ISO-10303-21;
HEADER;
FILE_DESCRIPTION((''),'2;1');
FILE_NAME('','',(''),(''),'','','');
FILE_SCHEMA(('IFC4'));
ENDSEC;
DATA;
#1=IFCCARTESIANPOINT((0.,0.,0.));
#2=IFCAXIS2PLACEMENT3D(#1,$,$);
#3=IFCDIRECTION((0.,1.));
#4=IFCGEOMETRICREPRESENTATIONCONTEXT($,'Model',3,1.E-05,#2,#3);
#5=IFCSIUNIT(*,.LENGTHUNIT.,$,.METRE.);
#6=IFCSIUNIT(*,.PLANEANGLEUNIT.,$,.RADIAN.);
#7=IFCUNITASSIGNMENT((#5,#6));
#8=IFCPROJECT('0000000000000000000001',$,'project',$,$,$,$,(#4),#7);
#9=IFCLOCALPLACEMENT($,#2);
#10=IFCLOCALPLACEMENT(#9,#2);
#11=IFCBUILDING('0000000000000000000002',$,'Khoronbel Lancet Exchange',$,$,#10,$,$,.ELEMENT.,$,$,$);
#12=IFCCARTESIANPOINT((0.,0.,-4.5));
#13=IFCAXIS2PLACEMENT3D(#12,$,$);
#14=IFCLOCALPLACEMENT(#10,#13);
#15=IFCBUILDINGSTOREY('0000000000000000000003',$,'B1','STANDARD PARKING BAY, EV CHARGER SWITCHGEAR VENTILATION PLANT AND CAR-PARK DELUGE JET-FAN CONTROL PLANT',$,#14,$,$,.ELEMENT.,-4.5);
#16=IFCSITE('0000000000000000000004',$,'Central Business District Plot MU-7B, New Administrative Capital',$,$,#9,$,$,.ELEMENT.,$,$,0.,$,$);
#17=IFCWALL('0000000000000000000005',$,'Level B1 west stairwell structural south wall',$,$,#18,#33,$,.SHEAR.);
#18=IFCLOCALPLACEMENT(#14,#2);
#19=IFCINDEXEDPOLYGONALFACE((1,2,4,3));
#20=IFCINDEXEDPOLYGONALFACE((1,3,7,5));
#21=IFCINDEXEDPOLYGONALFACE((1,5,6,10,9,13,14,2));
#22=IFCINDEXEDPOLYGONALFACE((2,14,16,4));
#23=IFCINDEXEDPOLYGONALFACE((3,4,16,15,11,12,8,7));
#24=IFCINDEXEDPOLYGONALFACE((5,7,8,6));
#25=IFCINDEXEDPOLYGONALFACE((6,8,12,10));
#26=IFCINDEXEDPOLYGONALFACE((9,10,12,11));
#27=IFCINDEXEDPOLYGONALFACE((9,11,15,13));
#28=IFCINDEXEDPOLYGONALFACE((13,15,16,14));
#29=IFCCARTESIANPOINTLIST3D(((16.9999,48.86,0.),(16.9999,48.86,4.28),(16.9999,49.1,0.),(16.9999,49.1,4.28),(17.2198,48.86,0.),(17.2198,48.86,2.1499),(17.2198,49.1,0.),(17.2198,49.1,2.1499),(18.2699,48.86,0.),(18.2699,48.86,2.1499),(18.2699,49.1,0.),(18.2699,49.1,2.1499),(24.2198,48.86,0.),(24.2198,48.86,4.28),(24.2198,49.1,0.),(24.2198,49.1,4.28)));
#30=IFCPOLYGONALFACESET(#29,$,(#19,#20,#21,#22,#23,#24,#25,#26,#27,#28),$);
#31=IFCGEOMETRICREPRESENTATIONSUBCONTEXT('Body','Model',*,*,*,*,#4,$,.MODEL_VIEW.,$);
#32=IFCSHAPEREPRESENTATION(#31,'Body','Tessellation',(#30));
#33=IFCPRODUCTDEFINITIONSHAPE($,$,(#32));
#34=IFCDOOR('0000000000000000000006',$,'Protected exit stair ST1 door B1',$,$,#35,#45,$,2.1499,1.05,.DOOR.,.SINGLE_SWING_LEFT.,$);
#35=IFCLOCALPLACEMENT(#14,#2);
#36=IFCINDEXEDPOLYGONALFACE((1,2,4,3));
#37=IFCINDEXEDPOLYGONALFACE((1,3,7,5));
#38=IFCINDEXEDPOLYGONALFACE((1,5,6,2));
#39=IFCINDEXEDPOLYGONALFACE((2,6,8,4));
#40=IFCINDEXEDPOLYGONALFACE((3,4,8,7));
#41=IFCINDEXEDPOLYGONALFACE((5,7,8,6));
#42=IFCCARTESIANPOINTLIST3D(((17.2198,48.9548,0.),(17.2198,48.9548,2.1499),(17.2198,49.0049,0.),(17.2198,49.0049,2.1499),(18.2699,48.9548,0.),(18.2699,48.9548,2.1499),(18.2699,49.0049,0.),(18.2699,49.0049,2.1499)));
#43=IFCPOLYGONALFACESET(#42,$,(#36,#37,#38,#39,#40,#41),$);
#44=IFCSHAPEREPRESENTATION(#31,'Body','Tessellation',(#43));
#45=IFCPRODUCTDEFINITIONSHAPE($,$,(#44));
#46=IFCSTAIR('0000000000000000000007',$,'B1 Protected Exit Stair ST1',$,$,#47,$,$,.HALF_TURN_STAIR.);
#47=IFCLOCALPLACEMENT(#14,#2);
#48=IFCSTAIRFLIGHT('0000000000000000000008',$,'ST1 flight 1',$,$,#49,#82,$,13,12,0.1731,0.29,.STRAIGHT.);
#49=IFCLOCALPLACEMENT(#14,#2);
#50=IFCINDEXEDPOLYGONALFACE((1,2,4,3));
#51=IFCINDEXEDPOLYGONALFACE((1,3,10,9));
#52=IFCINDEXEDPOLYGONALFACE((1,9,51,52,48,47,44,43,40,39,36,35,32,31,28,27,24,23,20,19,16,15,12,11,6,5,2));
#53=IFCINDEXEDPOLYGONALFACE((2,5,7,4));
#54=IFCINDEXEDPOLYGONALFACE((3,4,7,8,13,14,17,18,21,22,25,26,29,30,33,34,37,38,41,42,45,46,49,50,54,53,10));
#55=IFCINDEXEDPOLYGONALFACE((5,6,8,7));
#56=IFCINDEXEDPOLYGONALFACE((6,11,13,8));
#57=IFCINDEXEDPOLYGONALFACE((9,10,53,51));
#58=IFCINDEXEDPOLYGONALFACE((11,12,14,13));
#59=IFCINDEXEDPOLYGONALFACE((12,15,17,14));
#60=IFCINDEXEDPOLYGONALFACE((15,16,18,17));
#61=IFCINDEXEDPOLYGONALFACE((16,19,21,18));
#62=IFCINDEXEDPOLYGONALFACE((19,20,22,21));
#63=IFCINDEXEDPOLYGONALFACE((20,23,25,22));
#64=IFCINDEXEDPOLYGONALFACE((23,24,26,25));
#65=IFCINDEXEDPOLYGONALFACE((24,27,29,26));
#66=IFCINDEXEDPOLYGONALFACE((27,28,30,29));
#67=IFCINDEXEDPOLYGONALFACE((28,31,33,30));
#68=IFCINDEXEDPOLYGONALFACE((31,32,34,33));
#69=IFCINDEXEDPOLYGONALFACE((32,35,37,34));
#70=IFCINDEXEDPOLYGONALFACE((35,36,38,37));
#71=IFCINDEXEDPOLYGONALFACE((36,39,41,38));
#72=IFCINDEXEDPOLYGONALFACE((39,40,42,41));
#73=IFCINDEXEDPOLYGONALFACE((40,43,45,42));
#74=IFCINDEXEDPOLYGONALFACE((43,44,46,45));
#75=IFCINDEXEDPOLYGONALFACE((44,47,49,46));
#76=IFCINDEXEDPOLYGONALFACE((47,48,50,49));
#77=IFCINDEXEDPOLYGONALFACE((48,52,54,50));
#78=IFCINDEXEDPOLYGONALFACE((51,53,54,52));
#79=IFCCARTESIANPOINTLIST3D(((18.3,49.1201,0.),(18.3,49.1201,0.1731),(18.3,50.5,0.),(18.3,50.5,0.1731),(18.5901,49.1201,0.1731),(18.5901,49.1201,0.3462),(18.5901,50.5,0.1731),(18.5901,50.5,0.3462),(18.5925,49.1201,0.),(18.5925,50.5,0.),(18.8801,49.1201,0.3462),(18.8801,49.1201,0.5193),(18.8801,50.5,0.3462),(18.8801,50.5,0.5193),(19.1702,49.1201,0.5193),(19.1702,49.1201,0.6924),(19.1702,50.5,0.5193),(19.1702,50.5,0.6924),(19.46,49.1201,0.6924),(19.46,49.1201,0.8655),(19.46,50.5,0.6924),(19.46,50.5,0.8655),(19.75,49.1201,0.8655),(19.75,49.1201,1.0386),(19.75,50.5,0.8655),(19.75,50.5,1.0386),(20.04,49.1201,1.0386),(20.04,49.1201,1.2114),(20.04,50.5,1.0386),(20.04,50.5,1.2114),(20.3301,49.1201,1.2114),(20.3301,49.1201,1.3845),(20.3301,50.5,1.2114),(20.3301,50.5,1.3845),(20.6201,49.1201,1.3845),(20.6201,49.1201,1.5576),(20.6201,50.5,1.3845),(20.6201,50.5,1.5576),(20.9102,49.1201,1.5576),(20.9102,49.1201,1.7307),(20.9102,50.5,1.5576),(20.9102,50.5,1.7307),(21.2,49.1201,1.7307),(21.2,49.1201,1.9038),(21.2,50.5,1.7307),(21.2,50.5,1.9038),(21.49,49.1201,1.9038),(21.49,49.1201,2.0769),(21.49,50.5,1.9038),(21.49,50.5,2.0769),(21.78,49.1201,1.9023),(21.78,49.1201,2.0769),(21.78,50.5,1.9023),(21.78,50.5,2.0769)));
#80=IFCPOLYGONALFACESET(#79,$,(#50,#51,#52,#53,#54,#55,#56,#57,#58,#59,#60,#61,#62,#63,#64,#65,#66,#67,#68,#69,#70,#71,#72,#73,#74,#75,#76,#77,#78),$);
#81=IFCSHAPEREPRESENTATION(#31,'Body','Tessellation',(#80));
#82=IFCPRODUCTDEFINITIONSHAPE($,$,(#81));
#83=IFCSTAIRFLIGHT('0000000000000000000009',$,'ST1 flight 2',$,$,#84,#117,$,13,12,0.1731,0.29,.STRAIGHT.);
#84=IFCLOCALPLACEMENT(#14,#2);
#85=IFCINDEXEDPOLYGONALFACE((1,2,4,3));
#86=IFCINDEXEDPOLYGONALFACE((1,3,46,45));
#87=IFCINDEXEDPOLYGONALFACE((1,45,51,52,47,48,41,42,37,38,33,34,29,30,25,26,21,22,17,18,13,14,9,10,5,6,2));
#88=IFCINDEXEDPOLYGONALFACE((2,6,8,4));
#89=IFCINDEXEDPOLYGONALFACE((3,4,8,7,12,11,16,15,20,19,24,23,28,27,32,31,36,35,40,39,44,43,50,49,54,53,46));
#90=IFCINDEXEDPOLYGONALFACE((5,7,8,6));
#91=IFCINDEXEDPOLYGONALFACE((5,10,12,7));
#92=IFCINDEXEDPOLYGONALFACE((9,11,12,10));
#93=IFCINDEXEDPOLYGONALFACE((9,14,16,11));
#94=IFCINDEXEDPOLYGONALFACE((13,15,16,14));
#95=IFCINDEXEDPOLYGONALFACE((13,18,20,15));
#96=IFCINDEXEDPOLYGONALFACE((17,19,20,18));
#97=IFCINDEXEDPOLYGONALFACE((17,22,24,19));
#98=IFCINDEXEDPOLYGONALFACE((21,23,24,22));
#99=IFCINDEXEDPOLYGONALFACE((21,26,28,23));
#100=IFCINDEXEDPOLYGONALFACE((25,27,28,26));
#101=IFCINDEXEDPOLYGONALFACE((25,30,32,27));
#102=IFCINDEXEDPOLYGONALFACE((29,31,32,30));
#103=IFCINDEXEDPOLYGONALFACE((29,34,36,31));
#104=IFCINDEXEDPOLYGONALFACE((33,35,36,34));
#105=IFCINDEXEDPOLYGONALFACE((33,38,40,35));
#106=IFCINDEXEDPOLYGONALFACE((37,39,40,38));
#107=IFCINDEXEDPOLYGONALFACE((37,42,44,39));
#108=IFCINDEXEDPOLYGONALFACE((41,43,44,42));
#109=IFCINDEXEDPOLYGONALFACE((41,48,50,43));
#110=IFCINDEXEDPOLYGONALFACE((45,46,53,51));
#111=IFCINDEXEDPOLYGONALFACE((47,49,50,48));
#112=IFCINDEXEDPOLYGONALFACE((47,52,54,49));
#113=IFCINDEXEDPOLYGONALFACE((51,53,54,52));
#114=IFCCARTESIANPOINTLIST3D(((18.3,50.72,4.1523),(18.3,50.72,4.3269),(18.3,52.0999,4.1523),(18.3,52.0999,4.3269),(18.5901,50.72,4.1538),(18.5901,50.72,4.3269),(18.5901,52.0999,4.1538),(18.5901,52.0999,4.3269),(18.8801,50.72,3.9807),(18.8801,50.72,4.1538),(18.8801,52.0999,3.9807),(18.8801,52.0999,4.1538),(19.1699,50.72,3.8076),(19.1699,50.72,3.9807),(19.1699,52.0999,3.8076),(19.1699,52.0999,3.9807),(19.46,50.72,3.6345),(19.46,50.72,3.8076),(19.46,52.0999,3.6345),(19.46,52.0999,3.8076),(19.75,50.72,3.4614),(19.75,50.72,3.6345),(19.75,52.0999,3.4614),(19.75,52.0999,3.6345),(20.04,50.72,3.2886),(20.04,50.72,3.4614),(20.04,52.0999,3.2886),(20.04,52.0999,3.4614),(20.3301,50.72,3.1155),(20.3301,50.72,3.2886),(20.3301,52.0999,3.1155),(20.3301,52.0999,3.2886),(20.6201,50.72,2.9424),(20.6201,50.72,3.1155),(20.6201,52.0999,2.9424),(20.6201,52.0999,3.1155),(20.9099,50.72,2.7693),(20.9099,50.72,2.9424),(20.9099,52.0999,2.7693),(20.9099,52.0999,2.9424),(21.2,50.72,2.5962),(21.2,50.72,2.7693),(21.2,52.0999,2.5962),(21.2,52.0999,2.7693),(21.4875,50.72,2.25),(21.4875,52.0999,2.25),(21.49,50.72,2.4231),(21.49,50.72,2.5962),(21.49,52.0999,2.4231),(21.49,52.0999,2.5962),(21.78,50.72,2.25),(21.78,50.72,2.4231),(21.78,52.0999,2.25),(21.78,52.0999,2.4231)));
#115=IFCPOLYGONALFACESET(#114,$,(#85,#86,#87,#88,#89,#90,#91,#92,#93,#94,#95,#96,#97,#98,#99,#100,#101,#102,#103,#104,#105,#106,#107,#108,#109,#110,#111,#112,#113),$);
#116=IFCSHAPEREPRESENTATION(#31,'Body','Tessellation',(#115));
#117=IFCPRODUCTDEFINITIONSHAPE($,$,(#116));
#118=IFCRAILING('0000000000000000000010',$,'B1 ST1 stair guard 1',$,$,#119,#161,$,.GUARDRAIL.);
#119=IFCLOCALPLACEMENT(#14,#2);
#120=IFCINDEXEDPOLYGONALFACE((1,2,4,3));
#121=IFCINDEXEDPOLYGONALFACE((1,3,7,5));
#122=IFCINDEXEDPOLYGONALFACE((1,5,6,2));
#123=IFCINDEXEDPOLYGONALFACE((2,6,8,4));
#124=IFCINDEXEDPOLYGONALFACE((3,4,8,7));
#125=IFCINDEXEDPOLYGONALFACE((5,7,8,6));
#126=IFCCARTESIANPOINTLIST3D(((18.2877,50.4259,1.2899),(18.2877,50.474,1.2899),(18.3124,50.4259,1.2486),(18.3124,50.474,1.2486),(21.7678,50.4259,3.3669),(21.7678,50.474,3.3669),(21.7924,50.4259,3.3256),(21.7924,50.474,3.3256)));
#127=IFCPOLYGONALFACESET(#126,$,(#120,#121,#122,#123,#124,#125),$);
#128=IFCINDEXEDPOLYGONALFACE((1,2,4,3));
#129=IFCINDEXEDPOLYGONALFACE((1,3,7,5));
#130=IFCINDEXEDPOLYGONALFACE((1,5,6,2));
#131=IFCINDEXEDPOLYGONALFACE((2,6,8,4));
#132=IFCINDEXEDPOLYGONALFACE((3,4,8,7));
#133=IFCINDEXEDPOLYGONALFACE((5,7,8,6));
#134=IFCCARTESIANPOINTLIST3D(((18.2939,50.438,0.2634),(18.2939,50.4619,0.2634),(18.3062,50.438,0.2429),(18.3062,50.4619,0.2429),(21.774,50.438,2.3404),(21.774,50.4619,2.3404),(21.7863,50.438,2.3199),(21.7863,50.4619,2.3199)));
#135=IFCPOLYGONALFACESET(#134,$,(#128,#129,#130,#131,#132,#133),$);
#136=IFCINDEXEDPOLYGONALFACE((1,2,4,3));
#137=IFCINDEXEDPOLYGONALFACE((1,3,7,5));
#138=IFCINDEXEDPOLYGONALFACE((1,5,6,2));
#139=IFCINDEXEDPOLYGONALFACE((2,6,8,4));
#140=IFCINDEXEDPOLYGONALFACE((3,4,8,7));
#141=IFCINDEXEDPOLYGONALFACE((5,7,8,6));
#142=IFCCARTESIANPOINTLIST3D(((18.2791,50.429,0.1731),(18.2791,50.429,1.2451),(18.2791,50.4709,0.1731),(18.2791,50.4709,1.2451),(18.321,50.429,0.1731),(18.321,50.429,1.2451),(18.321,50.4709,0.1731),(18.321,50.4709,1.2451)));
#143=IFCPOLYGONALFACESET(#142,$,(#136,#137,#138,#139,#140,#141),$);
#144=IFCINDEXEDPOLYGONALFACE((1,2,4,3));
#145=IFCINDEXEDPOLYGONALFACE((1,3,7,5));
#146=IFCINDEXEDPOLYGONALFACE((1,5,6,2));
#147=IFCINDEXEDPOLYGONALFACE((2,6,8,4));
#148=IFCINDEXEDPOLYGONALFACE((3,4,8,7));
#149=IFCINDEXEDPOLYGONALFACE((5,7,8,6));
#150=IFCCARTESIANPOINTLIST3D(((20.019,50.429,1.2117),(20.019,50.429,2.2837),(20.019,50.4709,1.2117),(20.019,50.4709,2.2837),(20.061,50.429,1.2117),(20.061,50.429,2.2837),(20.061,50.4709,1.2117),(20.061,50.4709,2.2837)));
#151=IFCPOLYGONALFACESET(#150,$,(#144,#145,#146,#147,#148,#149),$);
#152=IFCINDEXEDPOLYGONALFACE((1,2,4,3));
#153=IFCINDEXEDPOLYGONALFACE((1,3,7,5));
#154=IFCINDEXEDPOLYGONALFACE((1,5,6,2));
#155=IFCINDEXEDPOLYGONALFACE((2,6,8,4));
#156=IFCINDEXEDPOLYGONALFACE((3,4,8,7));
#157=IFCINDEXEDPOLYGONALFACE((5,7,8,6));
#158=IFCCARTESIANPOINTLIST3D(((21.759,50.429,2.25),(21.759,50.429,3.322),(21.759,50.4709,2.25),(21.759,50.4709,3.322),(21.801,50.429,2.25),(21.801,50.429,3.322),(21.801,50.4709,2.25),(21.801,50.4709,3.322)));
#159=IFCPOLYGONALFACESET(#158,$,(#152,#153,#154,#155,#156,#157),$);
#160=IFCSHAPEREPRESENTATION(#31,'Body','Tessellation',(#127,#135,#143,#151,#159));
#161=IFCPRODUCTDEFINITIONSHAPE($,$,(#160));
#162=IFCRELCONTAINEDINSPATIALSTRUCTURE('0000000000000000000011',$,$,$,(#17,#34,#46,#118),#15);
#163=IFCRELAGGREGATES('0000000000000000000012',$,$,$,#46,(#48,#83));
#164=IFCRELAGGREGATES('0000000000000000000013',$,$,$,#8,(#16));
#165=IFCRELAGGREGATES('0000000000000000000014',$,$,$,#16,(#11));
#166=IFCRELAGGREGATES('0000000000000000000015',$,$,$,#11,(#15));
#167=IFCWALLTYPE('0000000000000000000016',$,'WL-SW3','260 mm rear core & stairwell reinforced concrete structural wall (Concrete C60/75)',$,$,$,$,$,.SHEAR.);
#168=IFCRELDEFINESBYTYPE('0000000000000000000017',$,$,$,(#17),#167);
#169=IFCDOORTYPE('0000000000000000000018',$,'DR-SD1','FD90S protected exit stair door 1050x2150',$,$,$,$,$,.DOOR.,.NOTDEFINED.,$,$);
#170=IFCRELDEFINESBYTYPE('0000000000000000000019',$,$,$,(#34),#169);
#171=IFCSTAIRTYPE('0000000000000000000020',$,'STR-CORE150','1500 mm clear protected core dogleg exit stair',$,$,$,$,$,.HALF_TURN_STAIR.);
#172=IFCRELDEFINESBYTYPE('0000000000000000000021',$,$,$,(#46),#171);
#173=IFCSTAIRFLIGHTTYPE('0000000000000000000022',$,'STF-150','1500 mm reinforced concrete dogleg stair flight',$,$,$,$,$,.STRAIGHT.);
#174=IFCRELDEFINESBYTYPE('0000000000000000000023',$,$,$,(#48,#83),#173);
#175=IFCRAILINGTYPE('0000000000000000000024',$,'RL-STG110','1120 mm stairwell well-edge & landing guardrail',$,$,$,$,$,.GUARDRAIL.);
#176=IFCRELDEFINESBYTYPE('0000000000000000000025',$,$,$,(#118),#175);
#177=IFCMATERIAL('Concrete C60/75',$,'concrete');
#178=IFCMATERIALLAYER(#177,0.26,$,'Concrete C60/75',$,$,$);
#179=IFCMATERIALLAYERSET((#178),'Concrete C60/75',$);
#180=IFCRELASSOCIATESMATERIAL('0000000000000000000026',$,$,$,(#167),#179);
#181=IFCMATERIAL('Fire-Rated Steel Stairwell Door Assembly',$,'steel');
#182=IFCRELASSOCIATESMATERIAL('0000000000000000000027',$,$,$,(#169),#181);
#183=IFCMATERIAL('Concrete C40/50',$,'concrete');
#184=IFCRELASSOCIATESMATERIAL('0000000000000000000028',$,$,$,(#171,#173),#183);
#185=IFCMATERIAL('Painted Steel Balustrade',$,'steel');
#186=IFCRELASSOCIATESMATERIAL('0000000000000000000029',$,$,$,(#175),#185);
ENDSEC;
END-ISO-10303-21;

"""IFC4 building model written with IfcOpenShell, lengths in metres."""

from ifc_helpers import new_model, si_unit, direction, frame, frame_2d, origin, origin_2d, place, context, subcontext, project, spatial, polyline, rectangle, outline, extrude, material, layer, layer_set, type_object, element, fill, aggregate, save


model = new_model("IFC4")

# Units and contexts
model_context = context("Model", 3, precision=1e-05, world=origin(), true_north=direction((0.0, 1.0)))
body_context = subcontext(model_context, "Body", "Model", "MODEL_VIEW")
ifc_project = project(units=[si_unit("LENGTHUNIT", "METRE"), si_unit("PLANEANGLEUNIT", "RADIAN")], contexts=[model_context])

# Site, building, storey
site_placement = place(None, origin())
site = spatial("IfcSite", under=ifc_project, at=site_placement, Name="Central Business District Plot MU-7B, New Administrative Capital", CompositionType="ELEMENT", RefElevation=0.0)
building_placement = place(site_placement, origin())
building = spatial("IfcBuilding", under=site, at=building_placement, Name="Khoronbel Lancet Exchange", CompositionType="ELEMENT")
storey_placement = place(building_placement, frame((0.0, 0.0, -4.5)))
storey = spatial("IfcBuildingStorey", under=building, at=storey_placement, Name="B1", Description="STANDARD PARKING BAY, EV CHARGER SWITCHGEAR VENTILATION PLANT AND CAR-PARK DELUGE JET-FAN CONTROL PLANT", CompositionType="ELEMENT", Elevation=-4.5)

# Shared definitions
ifc_material_1 = material(Name="Concrete C60/75", Category="concrete")

# Wall, opening, door
ifc_layer_1 = layer(ifc_material_1, 0.26, Name="Concrete C60/75")
ifc_layer_set_1 = layer_set([ifc_layer_1], Name="Concrete C60/75")
wall_type_1 = type_object("IfcWallType", Name="WL-SW3", Description="260 mm rear core & stairwell reinforced concrete structural wall (Concrete C60/75)", PredefinedType="SHEAR", material=ifc_layer_set_1)
wall_1_placement = place(storey_placement, frame((17.0, 48.98, 0.0), z_axis=(0.0, 0.0, 1.0), x_axis=(1.0, 0.0, 0.0)))
wall_1 = element("IfcWall", 1, at=wall_1_placement, inside=storey, type_object=wall_type_1, Name="Level B1 west stairwell structural south wall", PredefinedType="SHEAR", context=body_context, shape_type="SweptSolid", body=[
    extrude(rectangle(XDim=7.22, YDim=0.24, at=frame_2d((3.6099, 0.0))), origin(), (0.0, 0.0, 1.0), 4.28),
])
opening_1_placement = place(wall_1_placement, frame((0.22, 0.0, 0.0)))
opening_1 = element("IfcOpeningElement", 2, at=opening_1_placement, cuts=wall_1, PredefinedType="OPENING", context=body_context, shape_type="SweptSolid", body=[
    extrude(rectangle(XDim=1.05, YDim=2.1499, at=frame_2d((0.5249, 1.075))), frame((0.0, 0.1299, 0.0), z_axis=(0.0, -1.0, 0.0), x_axis=(1.0, 0.0, 0.0)), (0.0, 0.0, 1.0), 0.26),
])
ifc_material_2 = material(Name="Fire-Rated Steel Stairwell Door Assembly", Category="steel")
door_type_1 = type_object("IfcDoorType", Name="DR-SD1", Description="FD90S protected exit stair door 1050x2150", OperationType="NOTDEFINED", PredefinedType="DOOR", material=ifc_material_2)
door_1_placement = place(opening_1_placement, origin())
door_1 = element("IfcDoor", 3, at=door_1_placement, inside=storey, type_object=door_type_1, Name="Protected exit stair ST1 door B1", OperationType="SINGLE_SWING_LEFT", OverallHeight=2.1499, OverallWidth=1.05, PredefinedType="DOOR", context=body_context, shape_type="SweptSolid", body=[
    extrude(rectangle(XDim=1.05, YDim=2.1499, at=frame_2d((0.5249, 1.075))), frame((0.0, 0.0249, 0.0), z_axis=(0.0, -1.0, 0.0), x_axis=(1.0, 0.0, 0.0)), (0.0, 0.0, 1.0), 0.05),
])
fill(opening_1, door_1)

# Stair, stair flights
ifc_material_3 = material(Name="Concrete C40/50", Category="concrete")
stair_type = type_object("IfcStairType", Name="STR-CORE150", Description="1500 mm clear protected core dogleg exit stair", PredefinedType="HALF_TURN_STAIR", material=ifc_material_3)
stair_placement = place(storey_placement, origin())
stair = element("IfcStair", 4, at=stair_placement, inside=storey, type_object=stair_type, Name="B1 Protected Exit Stair ST1", PredefinedType="HALF_TURN_STAIR")
stair_flight_type = type_object("IfcStairFlightType", Name="STF-150", Description="1500 mm reinforced concrete dogleg stair flight", PredefinedType="STRAIGHT", material=ifc_material_3)
stair_flight_1_placement = place(storey_placement, frame((18.3, 49.8101, 0.0), z_axis=(0.0, 0.0, 1.0), x_axis=(1.0, 0.0, 0.0)))
stair_flight_1 = element("IfcStairFlight", 5, at=stair_flight_1_placement, type_object=stair_flight_type, Name="ST1 flight 1", NumberOfRisers=13, NumberOfTreads=12, PredefinedType="STRAIGHT", RiserHeight=0.1731, TreadLength=0.29, context=body_context, shape_type="SweptSolid", body=[
    extrude(outline(polyline([(0.0, 0.0), (0.0, 0.1731), (0.29, 0.1731), (0.29, 0.3462), (0.5801, 0.3462), (0.5801, 0.5193), (0.8701, 0.5193), (0.8701, 0.6924), (1.1599, 0.6924), (1.1599, 0.8655), (1.45, 0.8655), (1.45, 1.0386), (1.74, 1.0386), (1.74, 1.2114), (2.03, 1.2114), (2.03, 1.3845), (2.3201, 1.3845), (2.3201, 1.5576), (2.6101, 1.5576), (2.6101, 1.7307), (2.8999, 1.7307), (2.8999, 1.9038), (3.1899, 1.9038), (3.1899, 2.0769), (3.48, 2.0769), (3.48, 2.25), (3.48, 1.9023), (0.2925, 0.0), (0.0, 0.0)])), frame((0.0, 0.6899, 0.0), z_axis=(0.0, -1.0, 0.0), x_axis=(1.0, 0.0, 0.0)), (0.0, 0.0, 1.0), 1.3799),
])
stair_flight_2_placement = place(storey_placement, frame((21.78, 51.4099, 2.25), z_axis=(0.0, 0.0, 1.0), x_axis=(-1.0, 0.0, 0.0)))
stair_flight_2 = element("IfcStairFlight", 6, at=stair_flight_2_placement, type_object=stair_flight_type, Name="ST1 flight 2", NumberOfRisers=13, NumberOfTreads=12, PredefinedType="STRAIGHT", RiserHeight=0.1731, TreadLength=0.29, context=body_context, shape_type="SweptSolid", body=[
    extrude(outline(polyline([(0.0, 0.0), (0.0, 0.1731), (0.29, 0.1731), (0.29, 0.3462), (0.5801, 0.3462), (0.5801, 0.5193), (0.8701, 0.5193), (0.8701, 0.6924), (1.1599, 0.6924), (1.1599, 0.8655), (1.45, 0.8655), (1.45, 1.0386), (1.74, 1.0386), (1.74, 1.2114), (2.03, 1.2114), (2.03, 1.3845), (2.3201, 1.3845), (2.3201, 1.5576), (2.6101, 1.5576), (2.6101, 1.7307), (2.8999, 1.7307), (2.8999, 1.9038), (3.1899, 1.9038), (3.1899, 2.0769), (3.48, 2.0769), (3.48, 2.25), (3.48, 1.9023), (0.2925, 0.0), (0.0, 0.0)])), frame((0.0, 0.6899, 0.0), z_axis=(0.0, -1.0, 0.0), x_axis=(1.0, 0.0, 0.0)), (0.0, 0.0, 1.0), 1.3799),
])
aggregate(stair, [stair_flight_1, stair_flight_2])

# Railing
ifc_material_4 = material(Name="Painted Steel Balustrade", Category="steel")
railing_type_1 = type_object("IfcRailingType", Name="RL-STG110", Description="1120 mm stairwell well-edge & landing guardrail", PredefinedType="GUARDRAIL", material=ifc_material_4)
railing_1_placement = place(storey_placement, frame((18.3, 50.45, 0.1731)))
element("IfcRailing", 7, at=railing_1_placement, inside=storey, type_object=railing_type_1, Name="B1 ST1 stair guard 1", PredefinedType="GUARDRAIL", context=body_context, shape_type="SweptSolid", body=[
    extrude(rectangle(XDim=0.0481, YDim=0.0481, at=origin_2d()), frame((0.0, 0.0, 1.0962), z_axis=(0.858697, 0.0, 0.512483), x_axis=(0.0, 1.0, 0.0)), (0.0, 0.0, 1.0), 4.0527),
    extrude(rectangle(XDim=0.0239, YDim=0.0239, at=origin_2d()), frame((0.0, 0.0, 0.0801), z_axis=(0.858697, 0.0, 0.512483), x_axis=(0.0, 1.0, 0.0)), (0.0, 0.0, 1.0), 4.0527),
    extrude(rectangle(XDim=0.042, YDim=0.042, at=origin_2d()), origin(), (0.0, 0.0, 1.0), 1.072),
    extrude(rectangle(XDim=0.042, YDim=0.042, at=origin_2d()), frame((1.74, 0.0, 1.0386)), (0.0, 0.0, 1.0), 1.072),
    extrude(rectangle(XDim=0.042, YDim=0.042, at=origin_2d()), frame((3.48, 0.0, 2.0769)), (0.0, 0.0, 1.0), 1.072),
])

save(model, "model.ifc")
